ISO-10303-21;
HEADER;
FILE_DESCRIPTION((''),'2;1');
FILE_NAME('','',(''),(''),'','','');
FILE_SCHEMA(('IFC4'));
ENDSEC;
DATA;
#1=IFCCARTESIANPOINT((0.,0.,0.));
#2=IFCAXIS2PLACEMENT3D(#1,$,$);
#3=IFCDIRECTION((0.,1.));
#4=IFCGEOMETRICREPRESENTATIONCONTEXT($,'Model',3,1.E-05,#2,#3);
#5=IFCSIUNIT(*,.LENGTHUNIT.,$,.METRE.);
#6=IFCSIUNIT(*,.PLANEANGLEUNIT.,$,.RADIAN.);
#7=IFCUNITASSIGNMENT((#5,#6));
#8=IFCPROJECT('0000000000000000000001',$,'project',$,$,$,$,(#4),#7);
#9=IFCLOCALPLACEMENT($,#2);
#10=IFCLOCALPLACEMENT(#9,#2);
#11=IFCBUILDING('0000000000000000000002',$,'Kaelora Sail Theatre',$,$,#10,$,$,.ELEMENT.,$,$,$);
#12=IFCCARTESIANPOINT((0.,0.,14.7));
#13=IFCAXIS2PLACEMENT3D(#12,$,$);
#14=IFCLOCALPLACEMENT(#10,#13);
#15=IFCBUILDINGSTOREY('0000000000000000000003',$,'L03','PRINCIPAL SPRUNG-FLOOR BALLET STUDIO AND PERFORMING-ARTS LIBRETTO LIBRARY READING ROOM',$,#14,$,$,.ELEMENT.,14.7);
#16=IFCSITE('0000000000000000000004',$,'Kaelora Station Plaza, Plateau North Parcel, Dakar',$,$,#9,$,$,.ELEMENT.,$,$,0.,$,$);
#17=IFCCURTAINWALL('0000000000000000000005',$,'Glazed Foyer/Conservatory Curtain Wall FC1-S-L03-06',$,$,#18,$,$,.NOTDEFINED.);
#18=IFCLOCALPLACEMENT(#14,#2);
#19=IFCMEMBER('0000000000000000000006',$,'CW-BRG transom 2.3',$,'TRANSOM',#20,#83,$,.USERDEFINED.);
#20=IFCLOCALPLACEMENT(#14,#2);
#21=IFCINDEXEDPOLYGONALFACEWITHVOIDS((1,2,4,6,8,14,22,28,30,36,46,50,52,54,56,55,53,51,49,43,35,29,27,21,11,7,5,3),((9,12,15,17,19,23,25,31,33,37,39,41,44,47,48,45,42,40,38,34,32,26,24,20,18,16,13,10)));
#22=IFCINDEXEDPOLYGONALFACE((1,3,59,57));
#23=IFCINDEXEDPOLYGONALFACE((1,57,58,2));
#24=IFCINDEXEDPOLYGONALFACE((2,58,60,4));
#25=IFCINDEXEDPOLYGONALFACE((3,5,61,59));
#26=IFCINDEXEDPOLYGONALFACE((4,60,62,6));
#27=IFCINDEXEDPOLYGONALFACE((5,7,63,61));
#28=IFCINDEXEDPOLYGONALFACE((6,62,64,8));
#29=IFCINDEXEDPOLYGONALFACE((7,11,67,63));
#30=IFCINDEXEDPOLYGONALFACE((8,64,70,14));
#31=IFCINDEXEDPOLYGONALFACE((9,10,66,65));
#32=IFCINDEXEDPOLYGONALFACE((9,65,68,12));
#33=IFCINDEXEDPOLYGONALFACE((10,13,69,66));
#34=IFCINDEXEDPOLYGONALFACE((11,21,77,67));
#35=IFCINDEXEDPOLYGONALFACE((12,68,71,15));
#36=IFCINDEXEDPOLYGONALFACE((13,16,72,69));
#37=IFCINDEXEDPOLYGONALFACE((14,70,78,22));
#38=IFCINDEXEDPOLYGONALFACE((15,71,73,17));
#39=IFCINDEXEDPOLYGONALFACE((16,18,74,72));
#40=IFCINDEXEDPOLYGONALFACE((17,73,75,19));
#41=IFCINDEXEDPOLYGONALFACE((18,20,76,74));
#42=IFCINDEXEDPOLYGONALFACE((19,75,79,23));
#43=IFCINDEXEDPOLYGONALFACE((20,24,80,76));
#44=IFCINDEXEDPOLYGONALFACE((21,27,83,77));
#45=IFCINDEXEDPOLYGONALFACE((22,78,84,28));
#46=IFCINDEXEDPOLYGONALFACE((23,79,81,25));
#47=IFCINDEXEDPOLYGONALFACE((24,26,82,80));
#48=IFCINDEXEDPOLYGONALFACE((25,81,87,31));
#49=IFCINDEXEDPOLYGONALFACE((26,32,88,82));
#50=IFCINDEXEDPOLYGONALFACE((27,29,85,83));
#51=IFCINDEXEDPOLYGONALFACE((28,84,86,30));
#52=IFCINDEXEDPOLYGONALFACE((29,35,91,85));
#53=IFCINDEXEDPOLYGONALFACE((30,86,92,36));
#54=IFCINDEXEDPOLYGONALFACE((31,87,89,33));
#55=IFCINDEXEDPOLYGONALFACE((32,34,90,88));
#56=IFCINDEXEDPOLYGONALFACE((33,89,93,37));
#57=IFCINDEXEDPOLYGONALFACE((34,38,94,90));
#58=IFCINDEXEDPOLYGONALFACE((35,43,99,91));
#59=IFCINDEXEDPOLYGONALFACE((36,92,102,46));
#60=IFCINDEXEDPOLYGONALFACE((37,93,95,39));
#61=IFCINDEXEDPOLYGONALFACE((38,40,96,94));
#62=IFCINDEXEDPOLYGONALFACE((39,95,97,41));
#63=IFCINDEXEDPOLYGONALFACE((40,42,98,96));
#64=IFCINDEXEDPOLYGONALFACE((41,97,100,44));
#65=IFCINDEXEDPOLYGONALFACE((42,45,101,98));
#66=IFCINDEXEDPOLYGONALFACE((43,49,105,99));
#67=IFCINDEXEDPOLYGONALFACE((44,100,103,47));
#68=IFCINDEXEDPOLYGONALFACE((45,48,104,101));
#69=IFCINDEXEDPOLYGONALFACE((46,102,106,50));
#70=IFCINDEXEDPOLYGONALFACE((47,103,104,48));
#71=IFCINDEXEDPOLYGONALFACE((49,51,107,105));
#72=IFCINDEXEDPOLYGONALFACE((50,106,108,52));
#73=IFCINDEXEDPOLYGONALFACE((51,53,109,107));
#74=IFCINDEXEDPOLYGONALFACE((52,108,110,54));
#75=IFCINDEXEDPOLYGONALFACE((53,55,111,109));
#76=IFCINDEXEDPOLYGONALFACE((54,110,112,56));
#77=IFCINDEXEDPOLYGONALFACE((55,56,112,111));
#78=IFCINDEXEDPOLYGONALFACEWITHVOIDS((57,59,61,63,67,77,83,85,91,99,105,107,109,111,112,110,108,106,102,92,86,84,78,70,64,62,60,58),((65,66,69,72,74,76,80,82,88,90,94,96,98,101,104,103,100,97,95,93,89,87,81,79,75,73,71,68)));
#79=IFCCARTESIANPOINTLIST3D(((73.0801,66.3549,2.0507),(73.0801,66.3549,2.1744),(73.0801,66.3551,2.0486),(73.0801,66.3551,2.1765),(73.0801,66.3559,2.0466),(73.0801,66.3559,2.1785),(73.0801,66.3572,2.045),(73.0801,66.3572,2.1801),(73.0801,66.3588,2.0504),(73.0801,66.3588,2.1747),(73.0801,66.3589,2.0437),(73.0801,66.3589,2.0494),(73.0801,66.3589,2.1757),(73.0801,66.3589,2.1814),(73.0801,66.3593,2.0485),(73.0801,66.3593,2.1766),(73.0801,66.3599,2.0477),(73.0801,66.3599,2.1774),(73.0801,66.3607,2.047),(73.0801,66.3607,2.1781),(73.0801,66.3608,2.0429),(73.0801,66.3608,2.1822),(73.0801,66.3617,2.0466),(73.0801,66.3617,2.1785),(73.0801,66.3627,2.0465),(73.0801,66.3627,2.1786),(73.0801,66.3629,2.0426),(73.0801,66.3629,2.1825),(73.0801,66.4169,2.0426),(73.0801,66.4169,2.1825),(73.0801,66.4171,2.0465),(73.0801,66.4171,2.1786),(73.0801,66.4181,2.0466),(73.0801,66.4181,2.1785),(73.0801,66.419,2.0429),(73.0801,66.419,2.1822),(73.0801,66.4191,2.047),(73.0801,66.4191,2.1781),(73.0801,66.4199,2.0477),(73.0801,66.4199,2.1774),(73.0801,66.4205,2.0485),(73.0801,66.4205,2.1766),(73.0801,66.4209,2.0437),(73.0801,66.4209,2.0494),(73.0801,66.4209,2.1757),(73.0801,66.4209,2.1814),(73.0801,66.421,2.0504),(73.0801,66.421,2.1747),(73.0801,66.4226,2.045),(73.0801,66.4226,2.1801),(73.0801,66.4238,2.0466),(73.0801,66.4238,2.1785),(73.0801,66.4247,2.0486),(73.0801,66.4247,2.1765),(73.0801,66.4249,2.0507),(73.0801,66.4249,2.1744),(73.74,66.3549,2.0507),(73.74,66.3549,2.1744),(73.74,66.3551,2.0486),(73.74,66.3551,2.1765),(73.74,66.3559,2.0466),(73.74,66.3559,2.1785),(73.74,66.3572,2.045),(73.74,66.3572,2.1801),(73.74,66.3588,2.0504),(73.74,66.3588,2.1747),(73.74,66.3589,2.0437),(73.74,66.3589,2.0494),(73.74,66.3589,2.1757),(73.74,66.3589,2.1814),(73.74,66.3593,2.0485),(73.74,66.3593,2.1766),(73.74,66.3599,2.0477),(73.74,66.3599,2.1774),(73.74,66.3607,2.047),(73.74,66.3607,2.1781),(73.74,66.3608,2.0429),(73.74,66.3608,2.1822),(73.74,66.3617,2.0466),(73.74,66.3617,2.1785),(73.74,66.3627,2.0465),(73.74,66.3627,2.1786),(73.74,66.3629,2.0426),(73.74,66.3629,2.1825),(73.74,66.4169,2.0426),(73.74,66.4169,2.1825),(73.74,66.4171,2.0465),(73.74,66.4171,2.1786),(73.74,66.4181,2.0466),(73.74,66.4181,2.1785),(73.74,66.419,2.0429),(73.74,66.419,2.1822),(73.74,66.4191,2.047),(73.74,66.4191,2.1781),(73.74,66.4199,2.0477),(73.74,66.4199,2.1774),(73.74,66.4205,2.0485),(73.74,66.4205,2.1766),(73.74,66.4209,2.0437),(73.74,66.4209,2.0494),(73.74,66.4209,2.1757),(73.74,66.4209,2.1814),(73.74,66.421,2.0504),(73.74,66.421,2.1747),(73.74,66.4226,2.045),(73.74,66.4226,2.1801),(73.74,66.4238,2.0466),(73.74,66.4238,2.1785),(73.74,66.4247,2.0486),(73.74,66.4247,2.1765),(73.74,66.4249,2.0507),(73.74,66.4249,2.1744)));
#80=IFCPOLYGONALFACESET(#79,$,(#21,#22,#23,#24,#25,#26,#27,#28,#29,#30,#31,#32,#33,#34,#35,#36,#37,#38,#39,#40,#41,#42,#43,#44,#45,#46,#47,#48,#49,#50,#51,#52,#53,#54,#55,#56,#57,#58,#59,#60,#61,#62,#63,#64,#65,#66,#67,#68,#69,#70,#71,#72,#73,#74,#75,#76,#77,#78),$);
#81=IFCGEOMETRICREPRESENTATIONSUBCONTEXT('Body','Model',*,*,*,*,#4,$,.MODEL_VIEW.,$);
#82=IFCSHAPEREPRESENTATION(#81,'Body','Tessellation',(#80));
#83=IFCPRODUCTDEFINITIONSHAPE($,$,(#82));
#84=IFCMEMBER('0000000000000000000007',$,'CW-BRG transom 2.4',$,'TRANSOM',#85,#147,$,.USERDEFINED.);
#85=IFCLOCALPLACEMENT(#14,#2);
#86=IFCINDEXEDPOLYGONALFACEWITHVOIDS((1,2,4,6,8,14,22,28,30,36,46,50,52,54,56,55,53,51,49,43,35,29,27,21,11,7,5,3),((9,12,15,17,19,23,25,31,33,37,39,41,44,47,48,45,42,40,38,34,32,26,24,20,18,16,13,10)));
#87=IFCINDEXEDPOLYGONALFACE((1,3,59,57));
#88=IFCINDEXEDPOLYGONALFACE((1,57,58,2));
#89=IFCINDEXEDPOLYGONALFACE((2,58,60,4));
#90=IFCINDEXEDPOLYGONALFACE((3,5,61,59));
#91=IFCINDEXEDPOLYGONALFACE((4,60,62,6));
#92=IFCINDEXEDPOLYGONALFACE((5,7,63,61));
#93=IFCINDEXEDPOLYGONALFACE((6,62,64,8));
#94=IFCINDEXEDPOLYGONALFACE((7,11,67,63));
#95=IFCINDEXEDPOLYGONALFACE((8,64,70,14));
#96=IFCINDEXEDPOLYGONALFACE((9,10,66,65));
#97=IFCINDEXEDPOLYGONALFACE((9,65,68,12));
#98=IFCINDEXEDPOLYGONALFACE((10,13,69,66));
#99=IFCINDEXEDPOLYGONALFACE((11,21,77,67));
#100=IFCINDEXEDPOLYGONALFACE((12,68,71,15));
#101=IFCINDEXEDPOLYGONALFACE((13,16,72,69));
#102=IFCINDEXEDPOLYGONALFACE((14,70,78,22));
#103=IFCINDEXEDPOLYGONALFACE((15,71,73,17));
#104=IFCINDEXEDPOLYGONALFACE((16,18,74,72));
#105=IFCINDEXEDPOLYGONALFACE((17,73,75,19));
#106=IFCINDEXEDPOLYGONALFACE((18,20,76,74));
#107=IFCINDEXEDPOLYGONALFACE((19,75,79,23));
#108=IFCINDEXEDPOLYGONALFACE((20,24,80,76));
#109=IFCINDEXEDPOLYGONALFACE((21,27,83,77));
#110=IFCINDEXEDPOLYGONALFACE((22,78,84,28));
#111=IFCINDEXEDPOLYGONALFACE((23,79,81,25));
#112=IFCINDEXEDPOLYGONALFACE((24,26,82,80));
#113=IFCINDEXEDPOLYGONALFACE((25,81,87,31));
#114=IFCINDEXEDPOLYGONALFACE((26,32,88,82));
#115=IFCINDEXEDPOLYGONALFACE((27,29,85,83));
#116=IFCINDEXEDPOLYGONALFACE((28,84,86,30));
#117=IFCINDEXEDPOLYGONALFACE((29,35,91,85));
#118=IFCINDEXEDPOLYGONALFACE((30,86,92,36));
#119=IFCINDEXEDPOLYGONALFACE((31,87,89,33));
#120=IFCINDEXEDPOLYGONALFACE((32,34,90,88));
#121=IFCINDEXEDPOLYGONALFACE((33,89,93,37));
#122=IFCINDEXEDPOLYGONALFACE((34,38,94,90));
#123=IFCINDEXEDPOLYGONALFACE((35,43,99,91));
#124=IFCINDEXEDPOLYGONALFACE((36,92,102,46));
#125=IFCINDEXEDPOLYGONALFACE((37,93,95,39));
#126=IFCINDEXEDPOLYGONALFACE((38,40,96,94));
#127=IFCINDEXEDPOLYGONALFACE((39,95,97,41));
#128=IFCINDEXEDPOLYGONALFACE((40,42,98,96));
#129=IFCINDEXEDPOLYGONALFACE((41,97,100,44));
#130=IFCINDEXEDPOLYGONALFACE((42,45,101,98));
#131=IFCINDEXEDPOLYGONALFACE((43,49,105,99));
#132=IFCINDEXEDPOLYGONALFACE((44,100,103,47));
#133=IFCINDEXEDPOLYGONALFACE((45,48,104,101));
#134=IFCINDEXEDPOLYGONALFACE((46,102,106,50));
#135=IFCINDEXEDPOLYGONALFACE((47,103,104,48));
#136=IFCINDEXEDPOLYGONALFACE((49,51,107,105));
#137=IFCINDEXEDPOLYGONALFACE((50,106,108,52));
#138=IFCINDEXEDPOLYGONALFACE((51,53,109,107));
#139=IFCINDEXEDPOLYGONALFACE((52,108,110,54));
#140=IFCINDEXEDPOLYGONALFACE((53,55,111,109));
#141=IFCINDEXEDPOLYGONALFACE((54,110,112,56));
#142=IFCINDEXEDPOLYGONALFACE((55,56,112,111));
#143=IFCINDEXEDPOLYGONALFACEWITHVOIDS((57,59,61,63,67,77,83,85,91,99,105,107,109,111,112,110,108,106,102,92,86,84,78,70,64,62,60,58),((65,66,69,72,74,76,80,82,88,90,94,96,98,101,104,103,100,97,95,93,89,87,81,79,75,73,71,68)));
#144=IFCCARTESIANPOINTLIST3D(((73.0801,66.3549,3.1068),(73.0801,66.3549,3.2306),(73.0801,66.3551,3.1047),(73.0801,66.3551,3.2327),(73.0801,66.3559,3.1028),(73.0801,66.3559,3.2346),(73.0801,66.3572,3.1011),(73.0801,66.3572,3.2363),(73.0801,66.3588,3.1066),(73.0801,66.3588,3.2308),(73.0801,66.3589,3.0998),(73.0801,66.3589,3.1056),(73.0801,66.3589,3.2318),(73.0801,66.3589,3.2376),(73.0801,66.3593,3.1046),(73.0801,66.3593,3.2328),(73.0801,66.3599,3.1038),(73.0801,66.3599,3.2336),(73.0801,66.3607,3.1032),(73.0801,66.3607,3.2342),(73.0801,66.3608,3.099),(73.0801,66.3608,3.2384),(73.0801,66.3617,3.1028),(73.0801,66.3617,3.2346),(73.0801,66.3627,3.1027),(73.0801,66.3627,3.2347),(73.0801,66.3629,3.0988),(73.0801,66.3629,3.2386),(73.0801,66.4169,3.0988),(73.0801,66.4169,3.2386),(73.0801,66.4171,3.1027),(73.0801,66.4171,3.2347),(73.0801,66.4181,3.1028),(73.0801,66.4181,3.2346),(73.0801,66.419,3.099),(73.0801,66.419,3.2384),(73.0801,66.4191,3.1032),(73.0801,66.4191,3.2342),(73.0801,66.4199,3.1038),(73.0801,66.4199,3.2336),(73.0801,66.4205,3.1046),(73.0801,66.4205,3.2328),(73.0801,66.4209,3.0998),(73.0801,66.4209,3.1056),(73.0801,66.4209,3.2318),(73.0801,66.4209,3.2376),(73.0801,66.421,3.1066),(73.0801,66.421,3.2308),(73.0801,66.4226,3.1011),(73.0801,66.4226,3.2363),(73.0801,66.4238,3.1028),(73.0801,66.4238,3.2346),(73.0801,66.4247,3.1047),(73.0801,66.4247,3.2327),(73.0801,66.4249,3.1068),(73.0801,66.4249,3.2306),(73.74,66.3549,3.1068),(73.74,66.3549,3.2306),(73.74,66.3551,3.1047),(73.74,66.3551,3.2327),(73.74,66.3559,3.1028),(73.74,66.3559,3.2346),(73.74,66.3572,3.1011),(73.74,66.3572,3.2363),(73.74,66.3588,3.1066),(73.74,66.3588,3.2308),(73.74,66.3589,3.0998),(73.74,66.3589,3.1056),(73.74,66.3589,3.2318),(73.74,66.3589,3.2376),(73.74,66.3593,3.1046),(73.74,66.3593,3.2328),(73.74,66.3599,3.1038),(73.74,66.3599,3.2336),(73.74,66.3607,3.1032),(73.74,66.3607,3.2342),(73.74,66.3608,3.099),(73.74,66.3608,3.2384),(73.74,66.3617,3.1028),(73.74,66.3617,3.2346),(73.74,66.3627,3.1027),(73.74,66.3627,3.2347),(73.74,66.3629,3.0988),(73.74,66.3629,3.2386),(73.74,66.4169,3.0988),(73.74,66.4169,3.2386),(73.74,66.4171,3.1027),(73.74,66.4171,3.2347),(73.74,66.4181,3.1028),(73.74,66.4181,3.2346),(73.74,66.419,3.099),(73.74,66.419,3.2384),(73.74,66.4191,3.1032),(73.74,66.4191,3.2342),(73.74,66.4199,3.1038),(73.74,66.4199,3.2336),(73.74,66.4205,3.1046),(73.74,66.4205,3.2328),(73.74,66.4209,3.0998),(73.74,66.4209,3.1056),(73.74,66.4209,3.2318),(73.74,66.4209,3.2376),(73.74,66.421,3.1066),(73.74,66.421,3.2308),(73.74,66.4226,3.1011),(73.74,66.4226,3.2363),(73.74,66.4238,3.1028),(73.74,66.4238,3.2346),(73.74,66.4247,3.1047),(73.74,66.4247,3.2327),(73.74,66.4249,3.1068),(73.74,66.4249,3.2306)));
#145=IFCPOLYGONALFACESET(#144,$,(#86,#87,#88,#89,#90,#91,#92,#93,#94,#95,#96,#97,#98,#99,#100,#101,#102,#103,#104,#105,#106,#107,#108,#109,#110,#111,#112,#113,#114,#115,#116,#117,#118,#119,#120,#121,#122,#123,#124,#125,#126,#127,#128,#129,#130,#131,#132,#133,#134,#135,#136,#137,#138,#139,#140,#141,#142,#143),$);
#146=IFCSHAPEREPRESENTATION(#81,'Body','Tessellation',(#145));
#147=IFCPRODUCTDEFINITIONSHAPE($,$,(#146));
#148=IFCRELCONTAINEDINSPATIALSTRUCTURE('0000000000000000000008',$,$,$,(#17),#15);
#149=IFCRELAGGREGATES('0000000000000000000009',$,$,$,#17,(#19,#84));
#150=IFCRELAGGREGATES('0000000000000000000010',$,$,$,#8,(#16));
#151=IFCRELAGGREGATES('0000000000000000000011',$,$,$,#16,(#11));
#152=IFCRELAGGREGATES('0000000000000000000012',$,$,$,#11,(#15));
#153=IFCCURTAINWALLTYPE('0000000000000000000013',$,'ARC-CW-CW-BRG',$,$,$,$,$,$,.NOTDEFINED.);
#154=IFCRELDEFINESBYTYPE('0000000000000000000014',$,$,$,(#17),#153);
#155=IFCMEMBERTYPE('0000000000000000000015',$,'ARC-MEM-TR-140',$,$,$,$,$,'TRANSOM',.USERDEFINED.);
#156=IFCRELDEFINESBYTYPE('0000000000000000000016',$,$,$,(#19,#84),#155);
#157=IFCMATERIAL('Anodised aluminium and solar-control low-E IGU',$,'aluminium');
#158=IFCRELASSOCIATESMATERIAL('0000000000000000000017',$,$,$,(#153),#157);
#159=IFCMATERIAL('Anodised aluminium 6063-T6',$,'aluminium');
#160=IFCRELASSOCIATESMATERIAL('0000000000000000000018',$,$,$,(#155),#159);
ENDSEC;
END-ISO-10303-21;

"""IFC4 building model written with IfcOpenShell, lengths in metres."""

from ifc_helpers import new_model, si_unit, direction, frame, origin, origin_2d, place, context, subcontext, project, spatial, hollow_rectangle, extrude, material, material_profile, profile_set, type_object, element, aggregate, save


model = new_model("IFC4")

# Units and contexts
model_context = context("Model", 3, precision=1e-05, world=origin(), true_north=direction((0.0, 1.0)))
body_context = subcontext(model_context, "Body", "Model", "MODEL_VIEW")
ifc_project = project(units=[si_unit("LENGTHUNIT", "METRE"), si_unit("PLANEANGLEUNIT", "RADIAN")], contexts=[model_context])

# Site, building, storey
site_placement = place(None, origin())
site = spatial("IfcSite", under=ifc_project, at=site_placement, Name="Kaelora Station Plaza, Plateau North Parcel, Dakar", CompositionType="ELEMENT", RefElevation=0.0)
building_placement = place(site_placement, origin())
building = spatial("IfcBuilding", under=site, at=building_placement, Name="Kaelora Sail Theatre", CompositionType="ELEMENT")
storey_placement = place(building_placement, frame((0.0, 0.0, 14.7)))
storey = spatial("IfcBuildingStorey", under=building, at=storey_placement, Name="L03", Description="PRINCIPAL SPRUNG-FLOOR BALLET STUDIO AND PERFORMING-ARTS LIBRETTO LIBRARY READING ROOM", CompositionType="ELEMENT", Elevation=14.7)

# Curtain wall
ifc_material_1 = material(Name="Anodised aluminium and solar-control low-E IGU", Category="aluminium")
curtain_wall_type = type_object("IfcCurtainWallType", Name="ARC-CW-CW-BRG", PredefinedType="NOTDEFINED", material=ifc_material_1)
curtain_wall_1_placement = place(storey_placement, origin())
curtain_wall_1 = element("IfcCurtainWall", 1, at=curtain_wall_1_placement, inside=storey, type_object=curtain_wall_type, Name="Glazed Foyer/Conservatory Curtain Wall FC1-S-L03-06", PredefinedType="NOTDEFINED")

# Members
ifc_material_2 = material(Name="Anodised aluminium 6063-T6", Category="aluminium")
ifc_material_profile_1 = material_profile(ifc_material_2, hollow_rectangle(XDim=0.0701, YDim=0.1399, WallThickness=0.0039, InnerFilletRadius=0.0039, OuterFilletRadius=0.0081, at=origin_2d()), Name="ALU-TRAN 70x140x4")
ifc_profile_set_1 = profile_set([ifc_material_profile_1], Name="Anodised aluminium 6063-T6")
member_type_1 = type_object("IfcMemberType", Name="ARC-MEM-TR-140", ElementType="TRANSOM", PredefinedType="USERDEFINED", material=ifc_profile_set_1)
member_1_placement = place(storey_placement, frame((73.0801, 66.3899, 2.1125), z_axis=(1.0, 0.0, 0.0), x_axis=(0.0, 1.0, 0.0)))
member_1 = element("IfcMember", 2, at=member_1_placement, type_object=member_type_1, Name="CW-BRG transom 2.3", ObjectType="TRANSOM", PredefinedType="USERDEFINED", context=body_context, shape_type="SweptSolid", body=[
    extrude(hollow_rectangle(XDim=0.0701, YDim=0.1399, WallThickness=0.0039, InnerFilletRadius=0.0039, OuterFilletRadius=0.0081, at=origin_2d()), origin(), (0.0, 0.0, 1.0), 0.6599),
])
member_2_placement = place(storey_placement, frame((73.0801, 66.3899, 3.1687), z_axis=(1.0, 0.0, 0.0), x_axis=(0.0, 1.0, 0.0)))
member_2 = element("IfcMember", 3, at=member_2_placement, type_object=member_type_1, Name="CW-BRG transom 2.4", ObjectType="TRANSOM", PredefinedType="USERDEFINED", context=body_context, shape_type="SweptSolid", body=[
    extrude(hollow_rectangle(XDim=0.0701, YDim=0.1399, WallThickness=0.0039, InnerFilletRadius=0.0039, OuterFilletRadius=0.0081, at=origin_2d()), origin(), (0.0, 0.0, 1.0), 0.6599),
])

aggregate(curtain_wall_1, [member_1, member_2])

save(model, "model.ifc")
